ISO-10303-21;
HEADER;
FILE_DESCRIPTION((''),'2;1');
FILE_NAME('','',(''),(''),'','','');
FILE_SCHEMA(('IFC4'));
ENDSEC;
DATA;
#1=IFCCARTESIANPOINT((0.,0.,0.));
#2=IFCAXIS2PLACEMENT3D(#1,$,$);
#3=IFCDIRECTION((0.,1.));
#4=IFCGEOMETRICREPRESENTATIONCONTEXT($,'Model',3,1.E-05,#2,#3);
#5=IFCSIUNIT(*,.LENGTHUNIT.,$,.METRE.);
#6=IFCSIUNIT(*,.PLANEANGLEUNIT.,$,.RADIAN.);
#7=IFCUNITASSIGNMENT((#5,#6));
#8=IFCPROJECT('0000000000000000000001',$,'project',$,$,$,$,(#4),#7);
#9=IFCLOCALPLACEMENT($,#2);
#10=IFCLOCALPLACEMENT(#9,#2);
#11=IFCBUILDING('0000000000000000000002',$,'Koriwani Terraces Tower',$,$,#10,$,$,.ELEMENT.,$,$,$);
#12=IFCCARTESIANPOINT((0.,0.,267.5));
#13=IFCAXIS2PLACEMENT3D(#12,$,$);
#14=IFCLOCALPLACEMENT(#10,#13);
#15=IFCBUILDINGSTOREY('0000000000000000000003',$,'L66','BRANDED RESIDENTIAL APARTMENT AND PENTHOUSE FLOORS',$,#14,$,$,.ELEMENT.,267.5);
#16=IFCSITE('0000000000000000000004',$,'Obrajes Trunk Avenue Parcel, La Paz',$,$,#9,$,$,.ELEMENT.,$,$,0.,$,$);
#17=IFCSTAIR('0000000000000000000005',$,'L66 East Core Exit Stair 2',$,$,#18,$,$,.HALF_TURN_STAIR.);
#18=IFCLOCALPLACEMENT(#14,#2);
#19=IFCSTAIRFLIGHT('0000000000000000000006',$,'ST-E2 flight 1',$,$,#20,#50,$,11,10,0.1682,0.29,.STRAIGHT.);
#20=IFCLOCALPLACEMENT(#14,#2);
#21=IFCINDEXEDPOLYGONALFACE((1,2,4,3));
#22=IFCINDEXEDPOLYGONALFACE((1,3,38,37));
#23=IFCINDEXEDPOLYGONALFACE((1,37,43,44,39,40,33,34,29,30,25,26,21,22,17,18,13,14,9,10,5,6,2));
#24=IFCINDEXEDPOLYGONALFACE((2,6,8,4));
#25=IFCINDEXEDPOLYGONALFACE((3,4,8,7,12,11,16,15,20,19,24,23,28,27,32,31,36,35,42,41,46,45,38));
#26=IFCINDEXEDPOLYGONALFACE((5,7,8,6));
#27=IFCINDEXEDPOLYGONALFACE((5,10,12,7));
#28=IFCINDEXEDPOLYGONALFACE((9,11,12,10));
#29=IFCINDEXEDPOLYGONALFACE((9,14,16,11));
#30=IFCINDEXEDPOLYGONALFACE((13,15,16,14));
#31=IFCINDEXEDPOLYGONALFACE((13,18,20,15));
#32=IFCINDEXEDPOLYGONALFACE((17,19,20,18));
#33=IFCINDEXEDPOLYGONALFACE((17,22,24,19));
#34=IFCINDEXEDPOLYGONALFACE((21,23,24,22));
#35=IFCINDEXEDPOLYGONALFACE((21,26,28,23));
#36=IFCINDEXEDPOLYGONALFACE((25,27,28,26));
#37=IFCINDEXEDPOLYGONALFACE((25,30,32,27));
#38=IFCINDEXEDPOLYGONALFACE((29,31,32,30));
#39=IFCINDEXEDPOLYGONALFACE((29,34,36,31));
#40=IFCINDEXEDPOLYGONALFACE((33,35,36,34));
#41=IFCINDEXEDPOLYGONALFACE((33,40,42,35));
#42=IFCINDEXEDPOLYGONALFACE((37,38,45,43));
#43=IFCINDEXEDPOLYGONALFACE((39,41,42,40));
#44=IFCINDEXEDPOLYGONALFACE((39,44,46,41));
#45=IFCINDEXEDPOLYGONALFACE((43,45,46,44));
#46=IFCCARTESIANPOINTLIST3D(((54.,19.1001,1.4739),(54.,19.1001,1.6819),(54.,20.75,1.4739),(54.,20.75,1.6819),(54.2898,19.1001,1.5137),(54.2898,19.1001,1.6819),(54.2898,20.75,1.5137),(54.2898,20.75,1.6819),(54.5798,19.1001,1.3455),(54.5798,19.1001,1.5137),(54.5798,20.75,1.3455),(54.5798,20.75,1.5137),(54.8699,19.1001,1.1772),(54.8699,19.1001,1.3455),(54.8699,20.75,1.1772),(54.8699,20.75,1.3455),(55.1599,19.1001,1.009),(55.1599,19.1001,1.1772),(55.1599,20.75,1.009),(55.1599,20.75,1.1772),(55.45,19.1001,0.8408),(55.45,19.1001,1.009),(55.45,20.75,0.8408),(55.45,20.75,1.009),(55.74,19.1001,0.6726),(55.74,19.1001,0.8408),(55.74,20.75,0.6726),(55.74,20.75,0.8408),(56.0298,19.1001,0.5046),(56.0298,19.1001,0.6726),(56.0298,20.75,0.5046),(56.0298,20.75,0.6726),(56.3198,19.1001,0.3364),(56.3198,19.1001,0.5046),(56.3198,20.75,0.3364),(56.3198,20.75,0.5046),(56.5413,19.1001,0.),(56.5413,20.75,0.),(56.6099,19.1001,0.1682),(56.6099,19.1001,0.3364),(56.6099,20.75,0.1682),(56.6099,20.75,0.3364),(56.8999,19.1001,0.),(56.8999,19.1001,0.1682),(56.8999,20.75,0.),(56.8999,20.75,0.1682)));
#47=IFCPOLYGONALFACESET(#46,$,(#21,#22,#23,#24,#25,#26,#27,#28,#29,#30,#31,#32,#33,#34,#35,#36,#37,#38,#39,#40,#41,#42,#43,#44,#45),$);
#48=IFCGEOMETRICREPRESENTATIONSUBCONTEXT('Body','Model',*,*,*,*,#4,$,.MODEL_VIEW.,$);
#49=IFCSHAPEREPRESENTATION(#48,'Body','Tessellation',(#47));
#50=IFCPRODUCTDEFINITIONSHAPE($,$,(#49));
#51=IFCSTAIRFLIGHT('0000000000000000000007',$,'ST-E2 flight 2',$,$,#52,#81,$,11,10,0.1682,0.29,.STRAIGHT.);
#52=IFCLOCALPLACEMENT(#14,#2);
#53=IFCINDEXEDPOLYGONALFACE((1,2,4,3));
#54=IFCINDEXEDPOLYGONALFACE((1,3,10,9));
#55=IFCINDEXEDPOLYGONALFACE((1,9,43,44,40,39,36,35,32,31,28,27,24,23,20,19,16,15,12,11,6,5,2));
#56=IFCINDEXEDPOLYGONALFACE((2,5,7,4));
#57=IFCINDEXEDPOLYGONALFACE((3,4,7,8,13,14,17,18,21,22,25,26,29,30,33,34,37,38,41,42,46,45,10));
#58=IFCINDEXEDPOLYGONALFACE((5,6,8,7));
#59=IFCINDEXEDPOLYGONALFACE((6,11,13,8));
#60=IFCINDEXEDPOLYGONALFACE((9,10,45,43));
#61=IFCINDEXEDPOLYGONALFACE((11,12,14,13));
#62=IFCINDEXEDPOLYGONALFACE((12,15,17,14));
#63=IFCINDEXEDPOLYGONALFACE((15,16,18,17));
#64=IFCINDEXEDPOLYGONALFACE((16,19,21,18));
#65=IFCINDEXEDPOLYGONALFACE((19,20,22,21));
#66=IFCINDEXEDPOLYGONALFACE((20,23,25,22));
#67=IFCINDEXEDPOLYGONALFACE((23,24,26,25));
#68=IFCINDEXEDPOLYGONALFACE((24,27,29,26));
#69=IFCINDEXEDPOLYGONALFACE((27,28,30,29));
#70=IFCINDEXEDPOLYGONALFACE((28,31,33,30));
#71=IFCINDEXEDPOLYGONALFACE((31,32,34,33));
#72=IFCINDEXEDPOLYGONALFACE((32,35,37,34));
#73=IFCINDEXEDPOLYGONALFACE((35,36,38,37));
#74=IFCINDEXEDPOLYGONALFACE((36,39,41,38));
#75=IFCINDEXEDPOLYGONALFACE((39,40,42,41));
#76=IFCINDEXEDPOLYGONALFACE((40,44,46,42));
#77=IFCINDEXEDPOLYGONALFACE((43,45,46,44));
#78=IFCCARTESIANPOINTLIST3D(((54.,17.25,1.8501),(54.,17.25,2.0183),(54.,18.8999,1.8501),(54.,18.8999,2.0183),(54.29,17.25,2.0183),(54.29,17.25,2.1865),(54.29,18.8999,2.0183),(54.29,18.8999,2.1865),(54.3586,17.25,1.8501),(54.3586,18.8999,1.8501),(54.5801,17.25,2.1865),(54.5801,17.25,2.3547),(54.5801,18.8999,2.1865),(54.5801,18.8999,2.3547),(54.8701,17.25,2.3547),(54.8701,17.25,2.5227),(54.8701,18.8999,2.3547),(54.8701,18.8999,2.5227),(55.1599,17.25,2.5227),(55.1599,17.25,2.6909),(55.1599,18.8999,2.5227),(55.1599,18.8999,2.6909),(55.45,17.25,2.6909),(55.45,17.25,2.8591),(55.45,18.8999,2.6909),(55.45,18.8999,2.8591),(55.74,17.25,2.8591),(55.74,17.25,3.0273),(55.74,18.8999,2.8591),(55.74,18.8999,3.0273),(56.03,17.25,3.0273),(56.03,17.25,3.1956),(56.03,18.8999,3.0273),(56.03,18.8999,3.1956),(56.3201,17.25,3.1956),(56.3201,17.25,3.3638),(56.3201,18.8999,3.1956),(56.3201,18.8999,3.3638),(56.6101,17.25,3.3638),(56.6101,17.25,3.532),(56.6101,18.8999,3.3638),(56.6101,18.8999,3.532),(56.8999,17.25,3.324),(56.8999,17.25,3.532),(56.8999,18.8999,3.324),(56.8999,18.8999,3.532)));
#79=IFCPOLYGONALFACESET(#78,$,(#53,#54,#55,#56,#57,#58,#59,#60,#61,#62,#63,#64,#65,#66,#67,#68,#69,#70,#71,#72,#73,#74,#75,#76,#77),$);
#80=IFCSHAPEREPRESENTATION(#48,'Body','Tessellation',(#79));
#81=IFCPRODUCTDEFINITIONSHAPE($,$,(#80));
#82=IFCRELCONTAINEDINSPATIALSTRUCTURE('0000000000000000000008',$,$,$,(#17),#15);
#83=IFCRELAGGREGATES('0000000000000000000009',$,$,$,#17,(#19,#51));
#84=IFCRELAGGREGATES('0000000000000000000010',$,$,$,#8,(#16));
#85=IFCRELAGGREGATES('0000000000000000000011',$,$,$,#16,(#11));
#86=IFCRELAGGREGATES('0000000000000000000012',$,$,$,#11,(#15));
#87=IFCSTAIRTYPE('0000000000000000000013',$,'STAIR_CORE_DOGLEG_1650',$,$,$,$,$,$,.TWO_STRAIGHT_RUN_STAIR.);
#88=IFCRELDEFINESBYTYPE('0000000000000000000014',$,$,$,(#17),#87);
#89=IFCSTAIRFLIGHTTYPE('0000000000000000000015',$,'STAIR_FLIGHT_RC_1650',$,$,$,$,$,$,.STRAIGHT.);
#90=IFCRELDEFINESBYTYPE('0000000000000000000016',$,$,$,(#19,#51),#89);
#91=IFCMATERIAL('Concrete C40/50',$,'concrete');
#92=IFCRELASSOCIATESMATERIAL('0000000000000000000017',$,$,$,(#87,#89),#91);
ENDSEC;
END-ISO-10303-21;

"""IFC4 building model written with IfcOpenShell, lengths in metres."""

from ifc_helpers import new_model, si_unit, direction, frame, origin, place, context, subcontext, project, spatial, polyline, outline, extrude, material, type_object, element, aggregate, save


model = new_model("IFC4")

# Units and contexts
model_context = context("Model", 3, precision=1e-05, world=origin(), true_north=direction((0.0, 1.0)))
body_context = subcontext(model_context, "Body", "Model", "MODEL_VIEW")
ifc_project = project(units=[si_unit("LENGTHUNIT", "METRE"), si_unit("PLANEANGLEUNIT", "RADIAN")], contexts=[model_context])

# Site, building, storey
site_placement = place(None, origin())
site = spatial("IfcSite", under=ifc_project, at=site_placement, Name="Obrajes Trunk Avenue Parcel, La Paz", CompositionType="ELEMENT", RefElevation=0.0)
building_placement = place(site_placement, origin())
building = spatial("IfcBuilding", under=site, at=building_placement, Name="Koriwani Terraces Tower", CompositionType="ELEMENT")
storey_placement = place(building_placement, frame((0.0, 0.0, 267.5)))
storey = spatial("IfcBuildingStorey", under=building, at=storey_placement, Name="L66", Description="BRANDED RESIDENTIAL APARTMENT AND PENTHOUSE FLOORS", CompositionType="ELEMENT", Elevation=267.5)

# Shared definitions
ifc_material_1 = material(Name="Concrete C40/50", Category="concrete")

# Stair, stair flights
stair_type = type_object("IfcStairType", Name="STAIR_CORE_DOGLEG_1650", PredefinedType="TWO_STRAIGHT_RUN_STAIR", material=ifc_material_1)
stair_placement = place(storey_placement, origin())
stair = element("IfcStair", 1, at=stair_placement, inside=storey, type_object=stair_type, Name="L66 East Core Exit Stair 2", PredefinedType="HALF_TURN_STAIR")
stair_flight_type = type_object("IfcStairFlightType", Name="STAIR_FLIGHT_RC_1650", PredefinedType="STRAIGHT", material=ifc_material_1)
stair_flight_1_placement = place(storey_placement, frame((56.8999, 19.925, 0.0), z_axis=(0.0, 0.0, 1.0), x_axis=(-1.0, 0.0, 0.0)))
stair_flight_1 = element("IfcStairFlight", 2, at=stair_flight_1_placement, type_object=stair_flight_type, Name="ST-E2 flight 1", NumberOfRisers=11, NumberOfTreads=10, PredefinedType="STRAIGHT", RiserHeight=0.1682, TreadLength=0.29, context=body_context, shape_type="SweptSolid", body=[
    extrude(outline(polyline([(0.0, 0.0), (0.0, 0.1682), (0.29, 0.1682), (0.29, 0.3364), (0.5801, 0.3364), (0.5801, 0.5046), (0.8701, 0.5046), (0.8701, 0.6726), (1.1599, 0.6726), (1.1599, 0.8408), (1.45, 0.8408), (1.45, 1.009), (1.74, 1.009), (1.74, 1.1772), (2.03, 1.1772), (2.03, 1.3455), (2.3201, 1.3455), (2.3201, 1.5137), (2.6101, 1.5137), (2.6101, 1.6819), (2.8999, 1.6819), (2.8999, 1.8501), (2.8999, 1.4739), (0.3586, 0.0), (0.0, 0.0)])), frame((0.0, 0.825, 0.0), z_axis=(0.0, -1.0, 0.0), x_axis=(1.0, 0.0, 0.0)), (0.0, 0.0, 1.0), 1.6499),
])
stair_flight_2_placement = place(storey_placement, frame((54.0, 18.075, 1.8501), z_axis=(0.0, 0.0, 1.0), x_axis=(1.0, 0.0, 0.0)))
stair_flight_2 = element("IfcStairFlight", 3, at=stair_flight_2_placement, type_object=stair_flight_type, Name="ST-E2 flight 2", NumberOfRisers=11, NumberOfTreads=10, PredefinedType="STRAIGHT", RiserHeight=0.1682, TreadLength=0.29, context=body_context, shape_type="SweptSolid", body=[
    extrude(outline(polyline([(0.0, 0.0), (0.0, 0.1682), (0.29, 0.1682), (0.29, 0.3364), (0.5801, 0.3364), (0.5801, 0.5046), (0.8701, 0.5046), (0.8701, 0.6726), (1.1599, 0.6726), (1.1599, 0.8408), (1.45, 0.8408), (1.45, 1.009), (1.74, 1.009), (1.74, 1.1772), (2.03, 1.1772), (2.03, 1.3455), (2.3201, 1.3455), (2.3201, 1.5137), (2.6101, 1.5137), (2.6101, 1.6819), (2.8999, 1.6819), (2.8999, 1.8501), (2.8999, 1.4739), (0.3586, 0.0), (0.0, 0.0)])), frame((0.0, 0.825, 0.0), z_axis=(0.0, -1.0, 0.0), x_axis=(1.0, 0.0, 0.0)), (0.0, 0.0, 1.0), 1.6499),
])
aggregate(stair, [stair_flight_1, stair_flight_2])

save(model, "model.ifc")
